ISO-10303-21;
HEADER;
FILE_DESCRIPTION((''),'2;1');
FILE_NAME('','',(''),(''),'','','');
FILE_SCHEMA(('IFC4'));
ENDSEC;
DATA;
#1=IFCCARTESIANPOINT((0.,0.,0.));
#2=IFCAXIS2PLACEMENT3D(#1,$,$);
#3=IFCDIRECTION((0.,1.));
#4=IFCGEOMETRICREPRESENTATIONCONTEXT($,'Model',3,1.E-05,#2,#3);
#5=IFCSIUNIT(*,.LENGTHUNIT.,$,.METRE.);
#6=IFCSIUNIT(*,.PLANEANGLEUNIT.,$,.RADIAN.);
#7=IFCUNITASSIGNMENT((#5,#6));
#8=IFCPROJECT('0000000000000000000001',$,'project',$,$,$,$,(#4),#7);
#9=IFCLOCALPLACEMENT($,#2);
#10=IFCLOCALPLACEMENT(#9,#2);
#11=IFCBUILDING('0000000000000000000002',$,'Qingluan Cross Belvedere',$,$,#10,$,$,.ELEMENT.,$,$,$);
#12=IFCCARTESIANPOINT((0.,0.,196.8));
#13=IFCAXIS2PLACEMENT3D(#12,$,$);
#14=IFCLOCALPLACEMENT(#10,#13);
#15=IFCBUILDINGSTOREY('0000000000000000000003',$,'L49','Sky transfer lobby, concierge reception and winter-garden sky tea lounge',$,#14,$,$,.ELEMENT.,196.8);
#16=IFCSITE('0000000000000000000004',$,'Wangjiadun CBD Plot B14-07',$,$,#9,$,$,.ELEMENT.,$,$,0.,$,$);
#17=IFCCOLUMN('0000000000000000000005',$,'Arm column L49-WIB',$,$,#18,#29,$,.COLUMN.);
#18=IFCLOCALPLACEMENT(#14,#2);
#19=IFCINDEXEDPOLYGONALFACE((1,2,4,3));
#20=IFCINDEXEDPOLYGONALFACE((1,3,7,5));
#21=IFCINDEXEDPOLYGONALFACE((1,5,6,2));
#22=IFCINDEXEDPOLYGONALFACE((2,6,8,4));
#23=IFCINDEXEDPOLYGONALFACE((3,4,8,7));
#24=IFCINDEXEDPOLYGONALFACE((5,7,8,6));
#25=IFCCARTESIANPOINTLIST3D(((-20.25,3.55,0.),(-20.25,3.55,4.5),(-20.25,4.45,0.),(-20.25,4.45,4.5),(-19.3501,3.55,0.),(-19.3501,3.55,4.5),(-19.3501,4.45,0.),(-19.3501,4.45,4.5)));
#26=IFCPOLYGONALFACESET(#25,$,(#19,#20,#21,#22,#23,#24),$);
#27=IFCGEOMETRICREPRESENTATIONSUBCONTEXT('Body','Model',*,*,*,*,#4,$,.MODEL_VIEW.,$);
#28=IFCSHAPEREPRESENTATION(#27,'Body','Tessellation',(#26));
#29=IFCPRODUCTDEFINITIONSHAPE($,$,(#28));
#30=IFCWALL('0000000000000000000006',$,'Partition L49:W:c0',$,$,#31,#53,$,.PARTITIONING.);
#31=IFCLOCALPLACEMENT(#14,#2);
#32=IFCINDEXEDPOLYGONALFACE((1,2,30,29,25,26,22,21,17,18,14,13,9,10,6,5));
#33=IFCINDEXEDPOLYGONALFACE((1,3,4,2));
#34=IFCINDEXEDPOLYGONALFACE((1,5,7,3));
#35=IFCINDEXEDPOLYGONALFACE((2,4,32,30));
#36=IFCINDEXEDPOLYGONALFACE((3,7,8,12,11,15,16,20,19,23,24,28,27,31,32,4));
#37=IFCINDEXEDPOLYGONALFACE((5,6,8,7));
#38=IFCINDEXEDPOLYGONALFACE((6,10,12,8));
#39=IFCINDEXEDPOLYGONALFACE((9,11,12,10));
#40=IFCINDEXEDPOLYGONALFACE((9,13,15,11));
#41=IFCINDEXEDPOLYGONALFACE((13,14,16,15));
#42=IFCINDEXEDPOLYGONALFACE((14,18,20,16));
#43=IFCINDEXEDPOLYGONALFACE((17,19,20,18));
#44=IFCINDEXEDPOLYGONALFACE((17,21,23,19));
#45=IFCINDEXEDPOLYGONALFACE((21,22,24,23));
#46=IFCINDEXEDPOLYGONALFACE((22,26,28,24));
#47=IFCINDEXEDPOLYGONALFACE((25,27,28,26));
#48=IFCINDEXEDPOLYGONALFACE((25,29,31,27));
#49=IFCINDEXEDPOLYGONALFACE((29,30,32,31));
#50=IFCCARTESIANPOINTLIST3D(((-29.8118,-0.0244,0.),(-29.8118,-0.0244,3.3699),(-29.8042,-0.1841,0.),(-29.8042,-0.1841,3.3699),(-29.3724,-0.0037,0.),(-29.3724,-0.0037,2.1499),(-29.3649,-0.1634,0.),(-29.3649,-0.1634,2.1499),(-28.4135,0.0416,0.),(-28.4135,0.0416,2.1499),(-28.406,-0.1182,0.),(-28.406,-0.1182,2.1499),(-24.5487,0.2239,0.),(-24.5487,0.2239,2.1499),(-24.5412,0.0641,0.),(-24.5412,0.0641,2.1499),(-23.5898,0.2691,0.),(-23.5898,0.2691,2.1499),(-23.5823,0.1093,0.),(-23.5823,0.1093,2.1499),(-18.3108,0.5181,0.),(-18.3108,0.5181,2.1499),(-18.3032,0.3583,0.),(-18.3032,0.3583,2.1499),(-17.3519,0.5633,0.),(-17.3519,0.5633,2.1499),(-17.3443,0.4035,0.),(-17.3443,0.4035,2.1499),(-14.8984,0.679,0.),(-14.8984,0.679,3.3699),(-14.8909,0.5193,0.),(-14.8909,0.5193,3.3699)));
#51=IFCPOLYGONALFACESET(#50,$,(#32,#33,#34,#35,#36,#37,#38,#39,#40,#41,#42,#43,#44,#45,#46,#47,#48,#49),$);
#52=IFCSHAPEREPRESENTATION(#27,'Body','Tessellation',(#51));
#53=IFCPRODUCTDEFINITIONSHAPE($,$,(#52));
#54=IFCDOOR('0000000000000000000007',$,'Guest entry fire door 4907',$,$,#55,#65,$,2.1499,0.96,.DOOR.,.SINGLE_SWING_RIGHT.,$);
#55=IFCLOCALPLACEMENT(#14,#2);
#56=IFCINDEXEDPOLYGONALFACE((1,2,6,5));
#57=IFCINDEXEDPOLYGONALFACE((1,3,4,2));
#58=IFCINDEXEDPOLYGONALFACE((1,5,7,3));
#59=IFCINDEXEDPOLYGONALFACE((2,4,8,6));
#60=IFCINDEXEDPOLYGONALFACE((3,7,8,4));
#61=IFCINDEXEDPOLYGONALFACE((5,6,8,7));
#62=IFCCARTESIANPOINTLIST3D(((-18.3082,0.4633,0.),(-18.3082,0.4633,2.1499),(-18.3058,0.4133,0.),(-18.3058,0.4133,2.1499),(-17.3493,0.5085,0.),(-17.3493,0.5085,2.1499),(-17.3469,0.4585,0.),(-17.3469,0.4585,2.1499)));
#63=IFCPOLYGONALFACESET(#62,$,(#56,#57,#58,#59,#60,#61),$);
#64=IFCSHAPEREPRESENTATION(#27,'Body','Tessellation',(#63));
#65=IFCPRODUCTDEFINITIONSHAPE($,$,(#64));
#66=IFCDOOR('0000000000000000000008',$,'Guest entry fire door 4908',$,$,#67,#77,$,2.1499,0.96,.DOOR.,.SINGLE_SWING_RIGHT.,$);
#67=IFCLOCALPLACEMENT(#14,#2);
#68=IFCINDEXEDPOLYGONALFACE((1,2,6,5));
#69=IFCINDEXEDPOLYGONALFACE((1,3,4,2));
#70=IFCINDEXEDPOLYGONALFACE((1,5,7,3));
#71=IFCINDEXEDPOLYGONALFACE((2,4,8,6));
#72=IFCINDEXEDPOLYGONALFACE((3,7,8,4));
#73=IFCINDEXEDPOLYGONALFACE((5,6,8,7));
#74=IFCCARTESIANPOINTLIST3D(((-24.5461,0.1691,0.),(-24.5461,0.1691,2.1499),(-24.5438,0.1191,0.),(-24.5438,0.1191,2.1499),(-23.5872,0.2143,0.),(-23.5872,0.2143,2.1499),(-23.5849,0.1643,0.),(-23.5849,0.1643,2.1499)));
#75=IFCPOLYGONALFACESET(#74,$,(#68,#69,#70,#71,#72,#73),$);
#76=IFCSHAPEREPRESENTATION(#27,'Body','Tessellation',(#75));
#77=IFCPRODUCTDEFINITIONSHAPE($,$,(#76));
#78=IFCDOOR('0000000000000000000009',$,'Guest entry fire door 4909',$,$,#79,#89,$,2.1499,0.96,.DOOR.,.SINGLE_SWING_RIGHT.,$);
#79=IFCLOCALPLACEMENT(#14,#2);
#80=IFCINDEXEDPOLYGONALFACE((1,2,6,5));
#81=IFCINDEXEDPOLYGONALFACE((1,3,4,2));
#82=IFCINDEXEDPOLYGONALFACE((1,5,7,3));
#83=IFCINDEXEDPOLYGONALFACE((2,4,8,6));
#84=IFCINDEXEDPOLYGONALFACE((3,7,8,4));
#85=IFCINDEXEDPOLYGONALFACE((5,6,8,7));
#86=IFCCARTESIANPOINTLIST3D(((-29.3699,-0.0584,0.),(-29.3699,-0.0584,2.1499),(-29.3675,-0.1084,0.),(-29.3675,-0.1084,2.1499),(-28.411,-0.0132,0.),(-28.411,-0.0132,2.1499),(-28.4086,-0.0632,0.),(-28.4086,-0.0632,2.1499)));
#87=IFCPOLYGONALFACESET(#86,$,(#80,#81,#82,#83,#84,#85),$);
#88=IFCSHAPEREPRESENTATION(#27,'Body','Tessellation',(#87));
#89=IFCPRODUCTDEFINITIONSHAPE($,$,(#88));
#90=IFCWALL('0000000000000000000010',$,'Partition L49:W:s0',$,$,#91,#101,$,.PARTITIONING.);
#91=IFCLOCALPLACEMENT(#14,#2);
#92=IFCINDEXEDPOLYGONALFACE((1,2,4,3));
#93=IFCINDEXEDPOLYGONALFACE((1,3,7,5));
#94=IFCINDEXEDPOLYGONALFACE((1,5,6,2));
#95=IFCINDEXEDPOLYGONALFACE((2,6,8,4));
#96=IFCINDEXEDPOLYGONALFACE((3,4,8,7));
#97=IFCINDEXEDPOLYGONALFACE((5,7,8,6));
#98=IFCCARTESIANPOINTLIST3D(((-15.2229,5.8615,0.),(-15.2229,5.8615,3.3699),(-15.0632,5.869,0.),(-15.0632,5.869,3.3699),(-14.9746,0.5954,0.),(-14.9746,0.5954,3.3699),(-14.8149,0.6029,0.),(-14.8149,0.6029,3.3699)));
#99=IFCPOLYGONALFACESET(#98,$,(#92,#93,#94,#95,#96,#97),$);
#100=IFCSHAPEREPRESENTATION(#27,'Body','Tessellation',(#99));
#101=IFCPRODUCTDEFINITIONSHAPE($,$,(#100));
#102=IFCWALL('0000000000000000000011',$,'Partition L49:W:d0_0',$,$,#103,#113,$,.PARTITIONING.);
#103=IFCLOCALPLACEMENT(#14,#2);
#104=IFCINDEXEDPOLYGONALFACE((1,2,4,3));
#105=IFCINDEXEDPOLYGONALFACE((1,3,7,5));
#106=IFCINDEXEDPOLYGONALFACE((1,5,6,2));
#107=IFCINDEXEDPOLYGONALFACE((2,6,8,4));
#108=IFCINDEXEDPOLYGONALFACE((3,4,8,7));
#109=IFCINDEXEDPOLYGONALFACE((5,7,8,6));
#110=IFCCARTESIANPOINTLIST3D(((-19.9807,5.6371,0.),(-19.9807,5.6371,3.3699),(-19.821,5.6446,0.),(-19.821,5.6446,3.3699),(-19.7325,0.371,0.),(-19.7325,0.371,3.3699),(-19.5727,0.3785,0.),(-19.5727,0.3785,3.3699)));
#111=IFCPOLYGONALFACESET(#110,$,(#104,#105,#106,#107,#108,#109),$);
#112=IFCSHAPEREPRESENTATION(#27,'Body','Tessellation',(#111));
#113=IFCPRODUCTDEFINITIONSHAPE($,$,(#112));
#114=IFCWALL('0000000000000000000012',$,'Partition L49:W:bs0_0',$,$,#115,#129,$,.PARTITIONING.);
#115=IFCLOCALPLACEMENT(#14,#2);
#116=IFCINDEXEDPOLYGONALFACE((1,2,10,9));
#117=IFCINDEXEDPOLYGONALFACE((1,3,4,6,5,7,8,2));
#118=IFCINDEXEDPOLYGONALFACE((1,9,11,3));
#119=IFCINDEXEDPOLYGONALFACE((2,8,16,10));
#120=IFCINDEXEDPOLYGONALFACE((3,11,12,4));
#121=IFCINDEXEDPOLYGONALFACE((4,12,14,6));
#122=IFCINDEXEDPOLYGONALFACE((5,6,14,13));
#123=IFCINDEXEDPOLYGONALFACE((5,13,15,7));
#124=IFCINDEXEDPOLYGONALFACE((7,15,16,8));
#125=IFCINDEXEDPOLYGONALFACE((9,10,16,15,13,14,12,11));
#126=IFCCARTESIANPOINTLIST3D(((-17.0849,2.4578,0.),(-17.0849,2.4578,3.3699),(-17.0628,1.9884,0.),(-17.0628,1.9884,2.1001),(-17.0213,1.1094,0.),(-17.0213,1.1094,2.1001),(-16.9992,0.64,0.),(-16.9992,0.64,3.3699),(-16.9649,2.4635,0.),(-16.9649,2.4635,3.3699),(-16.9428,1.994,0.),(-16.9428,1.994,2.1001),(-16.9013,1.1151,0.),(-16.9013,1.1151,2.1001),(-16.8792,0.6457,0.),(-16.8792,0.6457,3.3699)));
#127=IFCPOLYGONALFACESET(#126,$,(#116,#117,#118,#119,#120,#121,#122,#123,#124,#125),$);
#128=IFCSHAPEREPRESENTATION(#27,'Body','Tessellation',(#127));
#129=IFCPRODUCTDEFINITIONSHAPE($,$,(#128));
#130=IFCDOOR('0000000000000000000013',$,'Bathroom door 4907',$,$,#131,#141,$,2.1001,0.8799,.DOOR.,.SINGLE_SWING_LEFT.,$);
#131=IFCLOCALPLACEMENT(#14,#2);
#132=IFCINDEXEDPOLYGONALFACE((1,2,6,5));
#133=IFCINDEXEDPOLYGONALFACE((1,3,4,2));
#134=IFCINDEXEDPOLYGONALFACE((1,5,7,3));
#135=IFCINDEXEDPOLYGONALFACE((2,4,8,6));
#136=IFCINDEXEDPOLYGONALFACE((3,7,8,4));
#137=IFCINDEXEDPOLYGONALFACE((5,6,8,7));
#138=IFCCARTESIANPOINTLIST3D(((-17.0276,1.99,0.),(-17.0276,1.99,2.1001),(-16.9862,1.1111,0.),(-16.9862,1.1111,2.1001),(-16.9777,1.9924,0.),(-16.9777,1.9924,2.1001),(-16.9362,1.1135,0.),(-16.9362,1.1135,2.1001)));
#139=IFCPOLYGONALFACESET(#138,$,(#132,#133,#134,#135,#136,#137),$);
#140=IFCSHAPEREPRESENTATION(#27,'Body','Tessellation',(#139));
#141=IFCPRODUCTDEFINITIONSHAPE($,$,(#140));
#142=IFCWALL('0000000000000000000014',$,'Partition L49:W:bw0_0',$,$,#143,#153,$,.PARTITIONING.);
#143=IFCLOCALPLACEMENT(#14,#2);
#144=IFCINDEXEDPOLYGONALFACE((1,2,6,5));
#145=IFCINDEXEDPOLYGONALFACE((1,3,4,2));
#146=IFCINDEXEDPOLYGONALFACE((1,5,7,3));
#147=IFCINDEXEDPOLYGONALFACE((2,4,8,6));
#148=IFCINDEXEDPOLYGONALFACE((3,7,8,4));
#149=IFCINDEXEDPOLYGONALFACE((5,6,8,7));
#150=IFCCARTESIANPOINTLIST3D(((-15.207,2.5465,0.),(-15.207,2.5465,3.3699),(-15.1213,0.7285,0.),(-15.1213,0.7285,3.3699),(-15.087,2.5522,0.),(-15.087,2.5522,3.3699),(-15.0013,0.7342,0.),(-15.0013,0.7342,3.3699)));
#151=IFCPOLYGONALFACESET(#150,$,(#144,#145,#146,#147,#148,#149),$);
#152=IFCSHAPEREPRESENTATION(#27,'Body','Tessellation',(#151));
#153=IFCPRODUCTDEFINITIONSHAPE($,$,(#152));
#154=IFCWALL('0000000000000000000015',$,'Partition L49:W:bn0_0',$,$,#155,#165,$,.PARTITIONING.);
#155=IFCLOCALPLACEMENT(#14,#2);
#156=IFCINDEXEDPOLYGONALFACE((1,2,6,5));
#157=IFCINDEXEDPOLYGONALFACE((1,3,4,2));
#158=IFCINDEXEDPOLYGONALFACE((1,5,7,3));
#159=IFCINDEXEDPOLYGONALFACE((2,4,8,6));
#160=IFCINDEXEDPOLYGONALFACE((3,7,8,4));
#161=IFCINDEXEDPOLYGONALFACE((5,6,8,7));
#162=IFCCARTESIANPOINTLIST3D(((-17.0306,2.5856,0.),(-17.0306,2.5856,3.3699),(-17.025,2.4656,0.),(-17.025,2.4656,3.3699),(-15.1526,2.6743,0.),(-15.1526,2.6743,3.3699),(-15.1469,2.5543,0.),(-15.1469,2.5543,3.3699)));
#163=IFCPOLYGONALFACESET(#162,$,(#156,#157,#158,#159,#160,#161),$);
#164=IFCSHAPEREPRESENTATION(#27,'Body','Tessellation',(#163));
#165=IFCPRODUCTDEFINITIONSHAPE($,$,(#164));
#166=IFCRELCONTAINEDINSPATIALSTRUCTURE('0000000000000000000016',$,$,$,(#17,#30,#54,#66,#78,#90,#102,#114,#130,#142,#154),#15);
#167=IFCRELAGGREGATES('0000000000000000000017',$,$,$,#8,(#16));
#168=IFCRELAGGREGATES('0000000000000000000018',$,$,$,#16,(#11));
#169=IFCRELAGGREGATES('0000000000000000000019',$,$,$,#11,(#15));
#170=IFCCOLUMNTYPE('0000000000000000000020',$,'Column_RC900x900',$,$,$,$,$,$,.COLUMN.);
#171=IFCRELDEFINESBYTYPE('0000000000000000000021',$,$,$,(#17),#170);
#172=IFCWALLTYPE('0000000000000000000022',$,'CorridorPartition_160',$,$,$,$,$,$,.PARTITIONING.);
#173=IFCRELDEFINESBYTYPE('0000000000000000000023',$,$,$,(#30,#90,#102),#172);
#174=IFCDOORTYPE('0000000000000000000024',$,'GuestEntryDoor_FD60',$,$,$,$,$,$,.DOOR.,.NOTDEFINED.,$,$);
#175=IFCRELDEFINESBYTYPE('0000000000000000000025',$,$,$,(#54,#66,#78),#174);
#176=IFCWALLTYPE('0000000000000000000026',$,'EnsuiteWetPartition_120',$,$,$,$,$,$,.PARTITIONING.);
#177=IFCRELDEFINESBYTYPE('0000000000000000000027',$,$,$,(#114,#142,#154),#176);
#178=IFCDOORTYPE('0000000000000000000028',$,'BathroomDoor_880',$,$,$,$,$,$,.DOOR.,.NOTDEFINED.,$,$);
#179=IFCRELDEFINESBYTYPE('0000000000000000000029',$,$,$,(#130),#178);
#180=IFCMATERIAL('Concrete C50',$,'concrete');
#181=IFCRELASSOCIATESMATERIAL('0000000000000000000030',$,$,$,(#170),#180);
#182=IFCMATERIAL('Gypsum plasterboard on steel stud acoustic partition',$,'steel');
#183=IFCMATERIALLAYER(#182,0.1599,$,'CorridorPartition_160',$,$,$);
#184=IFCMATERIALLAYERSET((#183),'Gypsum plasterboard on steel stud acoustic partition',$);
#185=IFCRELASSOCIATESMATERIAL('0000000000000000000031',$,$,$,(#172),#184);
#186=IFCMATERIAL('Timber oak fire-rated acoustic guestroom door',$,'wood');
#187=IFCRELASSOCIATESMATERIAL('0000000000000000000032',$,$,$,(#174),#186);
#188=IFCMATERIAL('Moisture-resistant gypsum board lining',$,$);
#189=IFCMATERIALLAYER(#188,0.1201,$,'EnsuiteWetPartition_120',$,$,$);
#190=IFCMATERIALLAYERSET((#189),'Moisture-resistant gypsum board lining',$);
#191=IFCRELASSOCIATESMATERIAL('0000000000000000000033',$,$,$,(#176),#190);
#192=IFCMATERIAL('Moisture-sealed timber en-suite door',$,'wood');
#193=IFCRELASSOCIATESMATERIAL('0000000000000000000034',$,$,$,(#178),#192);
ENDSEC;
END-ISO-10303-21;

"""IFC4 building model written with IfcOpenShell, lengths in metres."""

from ifc_helpers import new_model, si_unit, direction, frame, frame_2d, origin, origin_2d, place, context, subcontext, project, spatial, rectangle, extrude, material, layer, layer_set, material_profile, profile_set, type_object, element, fill, save


model = new_model("IFC4")

# Units and contexts
model_context = context("Model", 3, precision=1e-05, world=origin(), true_north=direction((0.0, 1.0)))
body_context = subcontext(model_context, "Body", "Model", "MODEL_VIEW")
ifc_project = project(units=[si_unit("LENGTHUNIT", "METRE"), si_unit("PLANEANGLEUNIT", "RADIAN")], contexts=[model_context])

# Site, building, storey
site_placement = place(None, origin())
site = spatial("IfcSite", under=ifc_project, at=site_placement, Name="Wangjiadun CBD Plot B14-07", CompositionType="ELEMENT", RefElevation=0.0)
building_placement = place(site_placement, origin())
building = spatial("IfcBuilding", under=site, at=building_placement, Name="Qingluan Cross Belvedere", CompositionType="ELEMENT")
storey_placement = place(building_placement, frame((0.0, 0.0, 196.8)))
storey = spatial("IfcBuildingStorey", under=building, at=storey_placement, Name="L49", Description="Sky transfer lobby, concierge reception and winter-garden sky tea lounge", CompositionType="ELEMENT", Elevation=196.8)

# Column
ifc_material_1 = material(Name="Concrete C50", Category="concrete")
ifc_material_profile = material_profile(ifc_material_1, rectangle(XDim=0.8999, YDim=0.8999, at=origin_2d()), Name="RC900x900")
ifc_profile_set = profile_set([ifc_material_profile], Name="Concrete C50")
column_type = type_object("IfcColumnType", Name="Column_RC900x900", PredefinedType="COLUMN", material=ifc_profile_set)
column_placement = place(storey_placement, frame((-19.8, 4.0, 0.0), z_axis=(0.0, 0.0, 1.0), x_axis=(1.0, 0.0, 0.0)))
element("IfcColumn", 1, at=column_placement, inside=storey, type_object=column_type, Name="Arm column L49-WIB", PredefinedType="COLUMN", context=body_context, shape_type="SweptSolid", body=[
    extrude(rectangle(XDim=0.8999, YDim=0.8999, at=origin_2d()), origin(), (0.0, 0.0, 1.0), 4.5),
])

# Wall, openings, doors
ifc_material_2 = material(Name="Gypsum plasterboard on steel stud acoustic partition", Category="steel")
ifc_layer_1 = layer(ifc_material_2, 0.1599, Name="CorridorPartition_160")
ifc_layer_set_1 = layer_set([ifc_layer_1], Name="Gypsum plasterboard on steel stud acoustic partition")
wall_type_1 = type_object("IfcWallType", Name="CorridorPartition_160", PredefinedType="PARTITIONING", material=ifc_layer_set_1)
wall_1_placement = place(storey_placement, frame((-14.8948, 0.5991, 0.0), z_axis=(0.0, 0.0, 1.0), x_axis=(-0.99889, -0.047111, 0.0)))
wall_1 = element("IfcWall", 2, at=wall_1_placement, inside=storey, type_object=wall_type_1, Name="Partition L49:W:c0", PredefinedType="PARTITIONING", context=body_context, shape_type="SweptSolid", body=[
    extrude(rectangle(XDim=14.9299, YDim=0.1599, at=frame_2d((7.4648, 0.0))), origin(), (0.0, 0.0, 1.0), 3.3699),
])
opening_1_placement = place(wall_1_placement, frame((2.4561, 0.0, 0.0)))
opening_1 = element("IfcOpeningElement", 3, at=opening_1_placement, cuts=wall_1, PredefinedType="OPENING", context=body_context, shape_type="SweptSolid", body=[
    extrude(rectangle(XDim=0.96, YDim=2.1499, at=frame_2d((0.48, 1.075))), frame((0.0, 0.0898, 0.0), z_axis=(0.0, -1.0, 0.0), x_axis=(1.0, 0.0, 0.0)), (0.0, 0.0, 1.0), 0.1799),
])
opening_2_placement = place(wall_1_placement, frame((8.7009, 0.0, 0.0)))
opening_2 = element("IfcOpeningElement", 4, at=opening_2_placement, cuts=wall_1, PredefinedType="OPENING", context=body_context, shape_type="SweptSolid", body=[
    extrude(rectangle(XDim=0.96, YDim=2.1499, at=frame_2d((0.48, 1.075))), frame((0.0, 0.0898, 0.0), z_axis=(0.0, -1.0, 0.0), x_axis=(1.0, 0.0, 0.0)), (0.0, 0.0, 1.0), 0.1799),
])
opening_3_placement = place(wall_1_placement, frame((13.53, 0.0, 0.0)))
opening_3 = element("IfcOpeningElement", 5, at=opening_3_placement, cuts=wall_1, PredefinedType="OPENING", context=body_context, shape_type="SweptSolid", body=[
    extrude(rectangle(XDim=0.96, YDim=2.1499, at=frame_2d((0.48, 1.075))), frame((0.0, 0.0898, 0.0), z_axis=(0.0, -1.0, 0.0), x_axis=(1.0, 0.0, 0.0)), (0.0, 0.0, 1.0), 0.1799),
])
ifc_material_3 = material(Name="Timber oak fire-rated acoustic guestroom door", Category="wood")
door_type_1 = type_object("IfcDoorType", Name="GuestEntryDoor_FD60", OperationType="NOTDEFINED", PredefinedType="DOOR", material=ifc_material_3)
door_1_placement = place(opening_1_placement, origin())
door_1 = element("IfcDoor", 6, at=door_1_placement, inside=storey, type_object=door_type_1, Name="Guest entry fire door 4907", OperationType="SINGLE_SWING_RIGHT", OverallHeight=2.1499, OverallWidth=0.96, PredefinedType="DOOR", context=body_context, shape_type="SweptSolid", body=[
    extrude(rectangle(XDim=0.96, YDim=2.1499, at=frame_2d((0.48, 1.075))), frame((0.0, 0.0249, 0.0), z_axis=(0.0, -1.0, 0.0), x_axis=(1.0, 0.0, 0.0)), (0.0, 0.0, 1.0), 0.05),
])
fill(opening_1, door_1)
door_2_placement = place(opening_2_placement, origin())
door_2 = element("IfcDoor", 7, at=door_2_placement, inside=storey, type_object=door_type_1, Name="Guest entry fire door 4908", OperationType="SINGLE_SWING_RIGHT", OverallHeight=2.1499, OverallWidth=0.96, PredefinedType="DOOR", context=body_context, shape_type="SweptSolid", body=[
    extrude(rectangle(XDim=0.96, YDim=2.1499, at=frame_2d((0.48, 1.075))), frame((0.0, 0.0249, 0.0), z_axis=(0.0, -1.0, 0.0), x_axis=(1.0, 0.0, 0.0)), (0.0, 0.0, 1.0), 0.05),
])
fill(opening_2, door_2)
door_3_placement = place(opening_3_placement, origin())
door_3 = element("IfcDoor", 8, at=door_3_placement, inside=storey, type_object=door_type_1, Name="Guest entry fire door 4909", OperationType="SINGLE_SWING_RIGHT", OverallHeight=2.1499, OverallWidth=0.96, PredefinedType="DOOR", context=body_context, shape_type="SweptSolid", body=[
    extrude(rectangle(XDim=0.96, YDim=2.1499, at=frame_2d((0.48, 1.075))), frame((0.0, 0.0249, 0.0), z_axis=(0.0, -1.0, 0.0), x_axis=(1.0, 0.0, 0.0)), (0.0, 0.0, 1.0), 0.05),
])
fill(opening_3, door_3)

# Walls
for number, where, z_axis, x_axis, name in (
    (9, (-14.8948, 0.5991, 0.0), (0.0, 0.0, 1.0), (-0.047096, 0.99889, 0.0), "Partition L49:W:s0"),
    (10, (-19.6526, 0.3748, 0.0), (0.0, 0.0, 1.0), (-0.047096, 0.99889, 0.0), "Partition L49:W:d0_0"),
):
    element("IfcWall", number, at=place(storey_placement, frame(where, z_axis=z_axis, x_axis=x_axis)), inside=storey, type_object=wall_type_1, Name=name, PredefinedType="PARTITIONING", context=body_context, shape_type="SweptSolid", body=[
        extrude(rectangle(XDim=5.272, YDim=0.1599, at=frame_2d((2.636, 0.0))), origin(), (0.0, 0.0, 1.0), 3.3699),
    ])

# Wall, opening, door
ifc_material_4 = material(Name="Moisture-resistant gypsum board lining")
ifc_layer_2 = layer(ifc_material_4, 0.1201, Name="EnsuiteWetPartition_120")
ifc_layer_set_2 = layer_set([ifc_layer_2], Name="Moisture-resistant gypsum board lining")
wall_type_2 = type_object("IfcWallType", Name="EnsuiteWetPartition_120", PredefinedType="PARTITIONING", material=ifc_layer_set_2)
wall_2_placement = place(storey_placement, frame((-16.9392, 0.6428, 0.0), z_axis=(0.0, 0.0, 1.0), x_axis=(-0.047087, 0.998891, 0.0)))
wall_2 = element("IfcWall", 11, at=wall_2_placement, inside=storey, type_object=wall_type_2, Name="Partition L49:W:bs0_0", PredefinedType="PARTITIONING", context=body_context, shape_type="SweptSolid", body=[
    extrude(rectangle(XDim=1.8198, YDim=0.1201, at=frame_2d((0.9099, 0.0))), origin(), (0.0, 0.0, 1.0), 3.3699),
])
opening_4_placement = place(wall_2_placement, frame((0.47, 0.0, 0.0)))
opening_4 = element("IfcOpeningElement", 12, at=opening_4_placement, cuts=wall_2, PredefinedType="OPENING", context=body_context, shape_type="SweptSolid", body=[
    extrude(rectangle(XDim=0.8799, YDim=2.1001, at=frame_2d((0.4399, 1.05))), frame((0.0, 0.0701, 0.0), z_axis=(0.0, -1.0, 0.0), x_axis=(1.0, 0.0, 0.0)), (0.0, 0.0, 1.0), 0.1401),
])
ifc_material_5 = material(Name="Moisture-sealed timber en-suite door", Category="wood")
door_type_2 = type_object("IfcDoorType", Name="BathroomDoor_880", OperationType="NOTDEFINED", PredefinedType="DOOR", material=ifc_material_5)
door_4_placement = place(opening_4_placement, origin())
door_4 = element("IfcDoor", 13, at=door_4_placement, inside=storey, type_object=door_type_2, Name="Bathroom door 4907", OperationType="SINGLE_SWING_LEFT", OverallHeight=2.1001, OverallWidth=0.8799, PredefinedType="DOOR", context=body_context, shape_type="SweptSolid", body=[
    extrude(rectangle(XDim=0.8799, YDim=2.1001, at=frame_2d((0.4399, 1.05))), frame((0.0, 0.0249, 0.0), z_axis=(0.0, -1.0, 0.0), x_axis=(1.0, 0.0, 0.0)), (0.0, 0.0, 1.0), 0.05),
])
fill(opening_4, door_4)

# Walls
wall_3_placement = place(storey_placement, frame((-15.0613, 0.7312, 0.0), z_axis=(0.0, 0.0, 1.0), x_axis=(-0.047081, 0.998891, 0.0)))
element("IfcWall", 14, at=wall_3_placement, inside=storey, type_object=wall_type_2, Name="Partition L49:W:bw0_0", PredefinedType="PARTITIONING", context=body_context, shape_type="SweptSolid", body=[
    extrude(rectangle(XDim=1.8201, YDim=0.1201, at=frame_2d((0.9102, 0.0))), origin(), (0.0, 0.0, 1.0), 3.3699),
])
wall_4_placement = place(storey_placement, frame((-15.1499, 2.6143, 0.0), z_axis=(0.0, 0.0, 1.0), x_axis=(-0.998888, -0.047139, 0.0)))
element("IfcWall", 15, at=wall_4_placement, inside=storey, type_object=wall_type_2, Name="Partition L49:W:bn0_0", PredefinedType="PARTITIONING", context=body_context, shape_type="SweptSolid", body=[
    extrude(rectangle(XDim=1.8801, YDim=0.1201, at=frame_2d((0.9399, 0.0))), origin(), (0.0, 0.0, 1.0), 3.3699),
])

save(model, "model.ifc")
